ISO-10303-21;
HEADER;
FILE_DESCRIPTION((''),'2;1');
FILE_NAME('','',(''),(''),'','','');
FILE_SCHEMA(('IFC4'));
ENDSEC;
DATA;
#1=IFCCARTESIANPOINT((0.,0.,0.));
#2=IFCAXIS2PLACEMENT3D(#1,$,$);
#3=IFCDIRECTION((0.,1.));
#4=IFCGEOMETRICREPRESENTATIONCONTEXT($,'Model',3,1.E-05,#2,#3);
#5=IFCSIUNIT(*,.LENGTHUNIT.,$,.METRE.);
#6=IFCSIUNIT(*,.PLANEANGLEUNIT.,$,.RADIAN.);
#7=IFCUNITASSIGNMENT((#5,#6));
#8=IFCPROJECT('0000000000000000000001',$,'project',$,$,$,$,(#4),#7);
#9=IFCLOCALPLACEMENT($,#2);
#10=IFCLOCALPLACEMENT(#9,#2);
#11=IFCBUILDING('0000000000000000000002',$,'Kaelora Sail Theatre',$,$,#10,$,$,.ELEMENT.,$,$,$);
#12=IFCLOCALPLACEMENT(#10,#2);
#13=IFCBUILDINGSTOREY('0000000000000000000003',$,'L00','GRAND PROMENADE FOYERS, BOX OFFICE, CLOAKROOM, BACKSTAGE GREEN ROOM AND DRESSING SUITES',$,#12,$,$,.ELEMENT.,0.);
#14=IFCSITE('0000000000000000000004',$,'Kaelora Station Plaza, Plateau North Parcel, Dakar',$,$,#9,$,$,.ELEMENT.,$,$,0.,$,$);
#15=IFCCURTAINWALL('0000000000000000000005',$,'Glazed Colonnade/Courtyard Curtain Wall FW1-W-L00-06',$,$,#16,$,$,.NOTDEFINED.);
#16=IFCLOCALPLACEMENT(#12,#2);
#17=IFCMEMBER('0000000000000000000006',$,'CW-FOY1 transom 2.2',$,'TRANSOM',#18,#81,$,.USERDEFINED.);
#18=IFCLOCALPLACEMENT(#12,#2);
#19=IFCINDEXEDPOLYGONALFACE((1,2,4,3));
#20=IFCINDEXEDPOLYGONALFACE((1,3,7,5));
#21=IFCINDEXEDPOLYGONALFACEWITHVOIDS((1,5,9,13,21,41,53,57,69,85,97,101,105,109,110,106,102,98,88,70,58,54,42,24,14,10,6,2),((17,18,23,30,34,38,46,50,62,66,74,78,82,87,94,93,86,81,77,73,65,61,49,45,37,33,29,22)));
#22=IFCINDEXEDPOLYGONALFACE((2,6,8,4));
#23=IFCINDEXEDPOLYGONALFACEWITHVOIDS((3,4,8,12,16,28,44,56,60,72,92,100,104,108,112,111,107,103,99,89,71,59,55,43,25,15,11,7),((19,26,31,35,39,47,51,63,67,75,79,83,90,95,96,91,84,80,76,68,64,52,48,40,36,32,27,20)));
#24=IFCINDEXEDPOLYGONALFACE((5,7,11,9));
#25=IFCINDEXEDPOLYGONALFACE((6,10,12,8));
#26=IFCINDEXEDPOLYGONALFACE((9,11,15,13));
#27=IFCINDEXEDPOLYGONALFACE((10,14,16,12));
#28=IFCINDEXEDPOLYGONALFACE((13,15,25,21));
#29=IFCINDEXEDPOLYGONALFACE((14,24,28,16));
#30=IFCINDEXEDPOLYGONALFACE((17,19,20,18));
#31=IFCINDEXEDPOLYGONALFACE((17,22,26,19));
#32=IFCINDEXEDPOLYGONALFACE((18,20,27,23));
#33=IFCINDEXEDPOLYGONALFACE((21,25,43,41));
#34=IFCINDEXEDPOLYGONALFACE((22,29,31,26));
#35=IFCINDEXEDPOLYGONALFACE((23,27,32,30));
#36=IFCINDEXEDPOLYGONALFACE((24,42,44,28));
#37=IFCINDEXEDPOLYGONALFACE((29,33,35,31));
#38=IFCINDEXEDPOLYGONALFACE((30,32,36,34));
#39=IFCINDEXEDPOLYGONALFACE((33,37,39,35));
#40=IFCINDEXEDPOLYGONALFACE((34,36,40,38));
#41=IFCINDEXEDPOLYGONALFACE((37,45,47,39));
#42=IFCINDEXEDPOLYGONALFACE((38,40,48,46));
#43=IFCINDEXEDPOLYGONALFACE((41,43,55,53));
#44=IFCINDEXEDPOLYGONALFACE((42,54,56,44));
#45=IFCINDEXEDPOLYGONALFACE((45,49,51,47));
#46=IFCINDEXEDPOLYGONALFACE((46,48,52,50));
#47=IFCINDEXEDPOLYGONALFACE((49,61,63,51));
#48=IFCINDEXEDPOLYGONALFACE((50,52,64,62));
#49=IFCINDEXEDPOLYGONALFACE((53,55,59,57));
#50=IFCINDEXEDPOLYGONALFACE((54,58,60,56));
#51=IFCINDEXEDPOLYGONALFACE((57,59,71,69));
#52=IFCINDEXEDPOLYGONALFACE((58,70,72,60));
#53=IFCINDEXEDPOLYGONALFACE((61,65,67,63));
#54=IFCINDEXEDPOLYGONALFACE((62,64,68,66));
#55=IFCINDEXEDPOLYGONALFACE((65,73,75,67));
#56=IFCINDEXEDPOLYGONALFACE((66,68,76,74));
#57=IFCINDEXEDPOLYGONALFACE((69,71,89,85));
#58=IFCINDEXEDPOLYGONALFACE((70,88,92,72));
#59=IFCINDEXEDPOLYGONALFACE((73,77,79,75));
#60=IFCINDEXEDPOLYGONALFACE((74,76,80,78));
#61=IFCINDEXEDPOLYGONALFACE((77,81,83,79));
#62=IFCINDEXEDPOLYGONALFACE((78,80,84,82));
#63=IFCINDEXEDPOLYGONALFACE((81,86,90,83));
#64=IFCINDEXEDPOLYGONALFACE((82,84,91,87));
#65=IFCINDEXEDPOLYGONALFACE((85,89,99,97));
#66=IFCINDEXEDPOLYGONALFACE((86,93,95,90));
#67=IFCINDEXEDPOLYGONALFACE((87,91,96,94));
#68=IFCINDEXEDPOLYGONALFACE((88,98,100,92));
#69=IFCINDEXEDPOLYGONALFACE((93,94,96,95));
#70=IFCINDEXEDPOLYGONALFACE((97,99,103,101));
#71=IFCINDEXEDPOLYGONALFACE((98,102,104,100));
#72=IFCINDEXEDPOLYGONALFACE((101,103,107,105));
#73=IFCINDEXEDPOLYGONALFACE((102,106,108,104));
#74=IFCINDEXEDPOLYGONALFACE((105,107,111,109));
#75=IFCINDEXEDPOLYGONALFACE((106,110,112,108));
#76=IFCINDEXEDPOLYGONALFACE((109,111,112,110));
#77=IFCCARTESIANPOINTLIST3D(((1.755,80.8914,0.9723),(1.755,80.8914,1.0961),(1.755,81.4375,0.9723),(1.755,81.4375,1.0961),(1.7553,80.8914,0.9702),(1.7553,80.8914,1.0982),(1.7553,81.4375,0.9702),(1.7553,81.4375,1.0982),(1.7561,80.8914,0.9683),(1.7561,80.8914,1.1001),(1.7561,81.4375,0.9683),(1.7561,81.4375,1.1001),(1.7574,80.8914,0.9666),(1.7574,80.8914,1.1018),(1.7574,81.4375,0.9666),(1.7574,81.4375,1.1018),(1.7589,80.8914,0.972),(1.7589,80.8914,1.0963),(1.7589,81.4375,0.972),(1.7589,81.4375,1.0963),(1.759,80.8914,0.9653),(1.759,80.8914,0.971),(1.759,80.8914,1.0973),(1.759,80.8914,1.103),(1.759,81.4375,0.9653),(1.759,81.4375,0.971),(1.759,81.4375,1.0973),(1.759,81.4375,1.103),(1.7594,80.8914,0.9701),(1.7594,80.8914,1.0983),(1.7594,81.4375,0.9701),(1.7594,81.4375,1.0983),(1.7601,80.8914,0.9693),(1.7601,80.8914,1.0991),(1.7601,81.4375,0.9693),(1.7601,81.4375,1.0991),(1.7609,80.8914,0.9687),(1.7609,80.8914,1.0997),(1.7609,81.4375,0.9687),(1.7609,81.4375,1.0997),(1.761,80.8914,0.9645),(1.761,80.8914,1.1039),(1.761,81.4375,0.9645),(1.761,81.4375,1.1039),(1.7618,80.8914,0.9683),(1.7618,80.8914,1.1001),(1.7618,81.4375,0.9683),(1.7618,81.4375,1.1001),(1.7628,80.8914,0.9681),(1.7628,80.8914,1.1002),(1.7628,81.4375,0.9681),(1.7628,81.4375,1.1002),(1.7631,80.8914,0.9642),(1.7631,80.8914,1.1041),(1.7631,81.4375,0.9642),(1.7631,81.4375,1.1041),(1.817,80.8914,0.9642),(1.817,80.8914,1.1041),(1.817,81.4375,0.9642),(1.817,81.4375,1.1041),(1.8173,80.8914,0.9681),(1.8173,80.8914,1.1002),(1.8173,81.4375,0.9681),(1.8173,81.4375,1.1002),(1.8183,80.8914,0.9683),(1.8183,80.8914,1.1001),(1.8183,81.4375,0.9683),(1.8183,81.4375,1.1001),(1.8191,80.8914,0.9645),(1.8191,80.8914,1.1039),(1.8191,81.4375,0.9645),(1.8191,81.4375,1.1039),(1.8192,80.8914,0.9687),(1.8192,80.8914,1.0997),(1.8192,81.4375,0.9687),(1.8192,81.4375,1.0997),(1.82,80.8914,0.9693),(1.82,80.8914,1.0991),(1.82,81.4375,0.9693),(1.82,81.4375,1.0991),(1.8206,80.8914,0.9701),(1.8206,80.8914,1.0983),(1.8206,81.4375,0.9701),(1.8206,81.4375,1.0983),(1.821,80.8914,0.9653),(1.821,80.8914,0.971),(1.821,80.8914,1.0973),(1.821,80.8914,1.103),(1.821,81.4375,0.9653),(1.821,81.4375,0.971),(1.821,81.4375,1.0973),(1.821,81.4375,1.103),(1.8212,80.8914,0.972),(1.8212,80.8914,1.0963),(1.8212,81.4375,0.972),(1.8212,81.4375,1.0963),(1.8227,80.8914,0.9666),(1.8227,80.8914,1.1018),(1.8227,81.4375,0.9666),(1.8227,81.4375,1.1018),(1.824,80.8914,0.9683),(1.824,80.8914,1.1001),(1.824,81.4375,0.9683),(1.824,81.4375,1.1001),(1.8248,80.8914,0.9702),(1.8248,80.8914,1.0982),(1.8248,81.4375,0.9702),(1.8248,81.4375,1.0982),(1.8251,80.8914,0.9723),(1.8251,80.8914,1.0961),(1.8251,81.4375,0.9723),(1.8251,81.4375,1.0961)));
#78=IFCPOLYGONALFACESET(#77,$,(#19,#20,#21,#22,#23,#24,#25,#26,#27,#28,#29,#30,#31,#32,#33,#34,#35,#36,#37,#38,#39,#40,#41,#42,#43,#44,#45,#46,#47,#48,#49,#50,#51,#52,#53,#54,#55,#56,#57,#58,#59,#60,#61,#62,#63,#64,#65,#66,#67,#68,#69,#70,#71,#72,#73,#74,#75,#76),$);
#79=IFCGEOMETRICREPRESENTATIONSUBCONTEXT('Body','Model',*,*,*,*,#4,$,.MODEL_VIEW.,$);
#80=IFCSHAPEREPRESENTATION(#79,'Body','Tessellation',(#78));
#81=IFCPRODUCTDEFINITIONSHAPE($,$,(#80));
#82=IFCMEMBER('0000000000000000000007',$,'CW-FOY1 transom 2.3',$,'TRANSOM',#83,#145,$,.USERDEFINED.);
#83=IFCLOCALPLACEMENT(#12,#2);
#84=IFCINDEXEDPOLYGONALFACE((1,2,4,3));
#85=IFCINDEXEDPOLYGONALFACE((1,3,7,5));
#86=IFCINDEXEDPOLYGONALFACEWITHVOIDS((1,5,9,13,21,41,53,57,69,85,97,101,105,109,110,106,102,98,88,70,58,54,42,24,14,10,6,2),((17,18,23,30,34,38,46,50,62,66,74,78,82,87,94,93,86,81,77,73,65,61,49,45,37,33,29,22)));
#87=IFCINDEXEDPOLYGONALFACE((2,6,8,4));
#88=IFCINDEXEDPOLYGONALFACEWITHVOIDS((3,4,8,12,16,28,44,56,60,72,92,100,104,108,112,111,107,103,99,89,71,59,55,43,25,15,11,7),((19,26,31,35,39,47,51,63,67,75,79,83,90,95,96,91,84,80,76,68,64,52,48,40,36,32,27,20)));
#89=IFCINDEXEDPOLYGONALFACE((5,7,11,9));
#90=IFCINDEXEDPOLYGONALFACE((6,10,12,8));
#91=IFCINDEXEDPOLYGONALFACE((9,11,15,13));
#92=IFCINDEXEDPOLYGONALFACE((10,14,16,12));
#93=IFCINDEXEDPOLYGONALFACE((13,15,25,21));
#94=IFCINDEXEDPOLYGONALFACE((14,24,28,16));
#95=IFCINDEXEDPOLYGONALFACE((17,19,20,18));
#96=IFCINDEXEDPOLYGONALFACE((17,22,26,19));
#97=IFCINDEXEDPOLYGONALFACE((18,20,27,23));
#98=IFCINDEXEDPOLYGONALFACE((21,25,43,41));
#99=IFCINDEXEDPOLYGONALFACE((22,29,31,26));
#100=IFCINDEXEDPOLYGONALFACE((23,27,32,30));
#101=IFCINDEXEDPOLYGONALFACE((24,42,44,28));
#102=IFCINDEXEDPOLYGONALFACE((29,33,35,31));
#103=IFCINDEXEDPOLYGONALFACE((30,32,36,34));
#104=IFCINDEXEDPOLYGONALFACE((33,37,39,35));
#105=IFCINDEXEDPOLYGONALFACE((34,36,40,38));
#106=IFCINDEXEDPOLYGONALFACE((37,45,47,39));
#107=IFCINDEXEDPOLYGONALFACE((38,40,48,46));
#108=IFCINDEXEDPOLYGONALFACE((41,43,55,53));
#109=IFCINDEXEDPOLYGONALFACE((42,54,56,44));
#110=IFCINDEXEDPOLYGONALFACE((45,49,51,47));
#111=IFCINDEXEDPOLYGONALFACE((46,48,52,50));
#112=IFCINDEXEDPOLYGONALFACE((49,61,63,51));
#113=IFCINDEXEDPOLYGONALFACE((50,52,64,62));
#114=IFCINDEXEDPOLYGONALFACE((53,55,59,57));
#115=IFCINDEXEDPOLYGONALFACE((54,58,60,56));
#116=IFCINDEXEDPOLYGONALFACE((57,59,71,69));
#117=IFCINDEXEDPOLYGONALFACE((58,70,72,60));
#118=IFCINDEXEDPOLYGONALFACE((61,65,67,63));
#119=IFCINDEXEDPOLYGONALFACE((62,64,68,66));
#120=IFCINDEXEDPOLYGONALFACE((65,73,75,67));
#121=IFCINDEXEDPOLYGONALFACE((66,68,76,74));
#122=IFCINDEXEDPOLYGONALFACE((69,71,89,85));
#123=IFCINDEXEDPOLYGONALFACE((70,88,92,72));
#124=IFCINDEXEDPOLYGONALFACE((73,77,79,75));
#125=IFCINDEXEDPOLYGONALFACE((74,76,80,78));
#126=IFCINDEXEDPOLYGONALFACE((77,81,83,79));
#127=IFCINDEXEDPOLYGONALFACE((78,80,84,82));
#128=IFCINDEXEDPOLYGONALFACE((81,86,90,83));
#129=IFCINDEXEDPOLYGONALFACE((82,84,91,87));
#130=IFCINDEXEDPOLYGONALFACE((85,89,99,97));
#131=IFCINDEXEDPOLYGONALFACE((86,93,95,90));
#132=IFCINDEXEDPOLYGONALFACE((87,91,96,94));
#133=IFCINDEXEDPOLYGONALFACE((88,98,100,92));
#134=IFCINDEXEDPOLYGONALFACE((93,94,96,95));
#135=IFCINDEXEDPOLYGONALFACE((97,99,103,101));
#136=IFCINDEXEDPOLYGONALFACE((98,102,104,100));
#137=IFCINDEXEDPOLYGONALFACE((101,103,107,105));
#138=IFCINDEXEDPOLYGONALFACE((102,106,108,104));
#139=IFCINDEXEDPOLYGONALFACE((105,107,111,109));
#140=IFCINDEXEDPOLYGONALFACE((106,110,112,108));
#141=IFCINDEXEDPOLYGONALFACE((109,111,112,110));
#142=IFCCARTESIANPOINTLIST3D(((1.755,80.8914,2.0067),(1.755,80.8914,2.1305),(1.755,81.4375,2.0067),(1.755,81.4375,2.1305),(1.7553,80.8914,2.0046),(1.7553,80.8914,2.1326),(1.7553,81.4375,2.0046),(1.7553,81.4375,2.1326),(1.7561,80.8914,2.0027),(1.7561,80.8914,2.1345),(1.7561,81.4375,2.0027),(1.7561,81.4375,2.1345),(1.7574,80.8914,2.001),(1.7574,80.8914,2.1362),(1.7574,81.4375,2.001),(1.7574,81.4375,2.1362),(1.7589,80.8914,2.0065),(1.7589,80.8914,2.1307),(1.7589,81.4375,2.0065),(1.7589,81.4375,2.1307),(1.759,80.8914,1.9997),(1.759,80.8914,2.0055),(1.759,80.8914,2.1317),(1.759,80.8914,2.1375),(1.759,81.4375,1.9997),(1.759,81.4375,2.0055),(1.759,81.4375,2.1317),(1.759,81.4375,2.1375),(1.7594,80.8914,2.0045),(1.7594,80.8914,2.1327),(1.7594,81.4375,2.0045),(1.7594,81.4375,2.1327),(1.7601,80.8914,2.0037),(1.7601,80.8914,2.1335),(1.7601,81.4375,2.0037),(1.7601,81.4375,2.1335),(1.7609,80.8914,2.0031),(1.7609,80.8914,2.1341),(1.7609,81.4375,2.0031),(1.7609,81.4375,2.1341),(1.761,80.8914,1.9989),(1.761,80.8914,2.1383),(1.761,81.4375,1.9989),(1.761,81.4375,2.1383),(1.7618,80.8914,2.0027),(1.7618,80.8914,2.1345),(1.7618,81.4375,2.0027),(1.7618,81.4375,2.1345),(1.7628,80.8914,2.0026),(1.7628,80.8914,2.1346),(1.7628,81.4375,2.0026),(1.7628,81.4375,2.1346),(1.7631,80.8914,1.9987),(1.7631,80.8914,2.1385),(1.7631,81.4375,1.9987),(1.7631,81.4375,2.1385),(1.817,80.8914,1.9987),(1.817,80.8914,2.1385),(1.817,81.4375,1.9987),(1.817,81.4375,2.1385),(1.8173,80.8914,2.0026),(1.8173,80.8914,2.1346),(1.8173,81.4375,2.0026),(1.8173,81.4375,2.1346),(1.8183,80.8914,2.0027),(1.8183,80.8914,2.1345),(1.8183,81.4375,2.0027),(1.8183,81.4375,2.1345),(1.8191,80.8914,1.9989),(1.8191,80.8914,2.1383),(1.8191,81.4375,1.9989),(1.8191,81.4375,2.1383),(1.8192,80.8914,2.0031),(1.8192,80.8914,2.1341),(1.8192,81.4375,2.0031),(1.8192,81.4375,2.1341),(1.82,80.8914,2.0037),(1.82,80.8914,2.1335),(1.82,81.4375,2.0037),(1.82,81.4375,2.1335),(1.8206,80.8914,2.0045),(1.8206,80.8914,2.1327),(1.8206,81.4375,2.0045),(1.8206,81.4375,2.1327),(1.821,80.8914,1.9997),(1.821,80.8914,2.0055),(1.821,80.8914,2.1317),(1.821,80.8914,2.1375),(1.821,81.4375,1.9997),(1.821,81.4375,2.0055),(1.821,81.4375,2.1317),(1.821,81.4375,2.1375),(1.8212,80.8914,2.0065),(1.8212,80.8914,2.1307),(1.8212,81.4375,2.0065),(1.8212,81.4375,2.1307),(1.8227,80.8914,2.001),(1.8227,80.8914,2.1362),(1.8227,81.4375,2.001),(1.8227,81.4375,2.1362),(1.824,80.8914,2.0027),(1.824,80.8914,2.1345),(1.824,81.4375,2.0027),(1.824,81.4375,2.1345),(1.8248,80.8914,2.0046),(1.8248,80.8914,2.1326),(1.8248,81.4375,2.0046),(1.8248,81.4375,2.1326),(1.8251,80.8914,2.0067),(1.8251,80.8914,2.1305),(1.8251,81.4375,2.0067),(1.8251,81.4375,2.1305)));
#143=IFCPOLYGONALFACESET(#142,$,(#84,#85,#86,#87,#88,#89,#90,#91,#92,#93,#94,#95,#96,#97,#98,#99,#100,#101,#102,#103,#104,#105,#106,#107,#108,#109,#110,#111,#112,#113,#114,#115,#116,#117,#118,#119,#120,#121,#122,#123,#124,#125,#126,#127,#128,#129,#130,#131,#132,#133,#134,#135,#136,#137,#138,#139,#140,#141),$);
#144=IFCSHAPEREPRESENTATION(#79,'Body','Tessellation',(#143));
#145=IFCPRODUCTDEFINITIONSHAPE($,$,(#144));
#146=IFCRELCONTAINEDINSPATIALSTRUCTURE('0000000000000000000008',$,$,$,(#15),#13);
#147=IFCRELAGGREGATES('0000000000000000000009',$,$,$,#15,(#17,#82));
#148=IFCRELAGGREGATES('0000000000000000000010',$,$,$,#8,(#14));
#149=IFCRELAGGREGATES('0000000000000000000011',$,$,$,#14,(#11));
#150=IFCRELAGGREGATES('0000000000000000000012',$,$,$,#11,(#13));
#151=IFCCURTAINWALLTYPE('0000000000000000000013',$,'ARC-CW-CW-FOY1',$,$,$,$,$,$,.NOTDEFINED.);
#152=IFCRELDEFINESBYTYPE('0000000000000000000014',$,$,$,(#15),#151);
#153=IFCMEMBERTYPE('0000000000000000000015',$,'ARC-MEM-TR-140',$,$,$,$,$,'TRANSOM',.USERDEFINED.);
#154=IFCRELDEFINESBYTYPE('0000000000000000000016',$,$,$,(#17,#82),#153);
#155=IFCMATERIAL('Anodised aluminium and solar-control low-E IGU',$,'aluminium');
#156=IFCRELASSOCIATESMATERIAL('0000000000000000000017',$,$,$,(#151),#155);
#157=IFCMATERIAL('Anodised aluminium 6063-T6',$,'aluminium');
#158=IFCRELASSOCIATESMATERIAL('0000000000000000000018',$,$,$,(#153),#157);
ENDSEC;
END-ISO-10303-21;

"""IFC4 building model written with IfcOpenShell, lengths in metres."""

from ifc_helpers import new_model, si_unit, direction, frame, origin, origin_2d, place, context, subcontext, project, spatial, hollow_rectangle, extrude, material, material_profile, profile_set, type_object, element, aggregate, save


model = new_model("IFC4")

# Units and contexts
model_context = context("Model", 3, precision=1e-05, world=origin(), true_north=direction((0.0, 1.0)))
body_context = subcontext(model_context, "Body", "Model", "MODEL_VIEW")
ifc_project = project(units=[si_unit("LENGTHUNIT", "METRE"), si_unit("PLANEANGLEUNIT", "RADIAN")], contexts=[model_context])

# Site, building, storey
site_placement = place(None, origin())
site = spatial("IfcSite", under=ifc_project, at=site_placement, Name="Kaelora Station Plaza, Plateau North Parcel, Dakar", CompositionType="ELEMENT", RefElevation=0.0)
building_placement = place(site_placement, origin())
building = spatial("IfcBuilding", under=site, at=building_placement, Name="Kaelora Sail Theatre", CompositionType="ELEMENT")
storey_placement = place(building_placement, origin())
storey = spatial("IfcBuildingStorey", under=building, at=storey_placement, Name="L00", Description="GRAND PROMENADE FOYERS, BOX OFFICE, CLOAKROOM, BACKSTAGE GREEN ROOM AND DRESSING SUITES", CompositionType="ELEMENT", Elevation=0.0)

# Curtain wall, members
ifc_material_1 = material(Name="Anodised aluminium and solar-control low-E IGU", Category="aluminium")
curtain_wall_type = type_object("IfcCurtainWallType", Name="ARC-CW-CW-FOY1", PredefinedType="NOTDEFINED", material=ifc_material_1)
curtain_wall_placement = place(storey_placement, origin())
curtain_wall = element("IfcCurtainWall", 1, at=curtain_wall_placement, inside=storey, type_object=curtain_wall_type, Name="Glazed Colonnade/Courtyard Curtain Wall FW1-W-L00-06", PredefinedType="NOTDEFINED")
ifc_material_2 = material(Name="Anodised aluminium 6063-T6", Category="aluminium")
ifc_material_profile_1 = material_profile(ifc_material_2, hollow_rectangle(XDim=0.0701, YDim=0.1399, WallThickness=0.0039, InnerFilletRadius=0.0039, OuterFilletRadius=0.0081, at=origin_2d()), Name="ALU-TRAN 70x140x4")
ifc_profile_set_1 = profile_set([ifc_material_profile_1], Name="Anodised aluminium 6063-T6")
member_type_1 = type_object("IfcMemberType", Name="ARC-MEM-TR-140", ElementType="TRANSOM", PredefinedType="USERDEFINED", material=ifc_profile_set_1)
member_1_placement = place(storey_placement, frame((1.79, 80.8914, 1.0342), z_axis=(0.0, 1.0, 0.0), x_axis=(-1.0, 0.0, 0.0)))
member_1 = element("IfcMember", 2, at=member_1_placement, type_object=member_type_1, Name="CW-FOY1 transom 2.2", ObjectType="TRANSOM", PredefinedType="USERDEFINED", context=body_context, shape_type="SweptSolid", body=[
    extrude(hollow_rectangle(XDim=0.0701, YDim=0.1399, WallThickness=0.0039, InnerFilletRadius=0.0039, OuterFilletRadius=0.0081, at=origin_2d()), origin(), (0.0, 0.0, 1.0), 0.5461),
])
member_2_placement = place(storey_placement, frame((1.79, 80.8914, 2.0686), z_axis=(0.0, 1.0, 0.0), x_axis=(-1.0, 0.0, 0.0)))
member_2 = element("IfcMember", 3, at=member_2_placement, type_object=member_type_1, Name="CW-FOY1 transom 2.3", ObjectType="TRANSOM", PredefinedType="USERDEFINED", context=body_context, shape_type="SweptSolid", body=[
    extrude(hollow_rectangle(XDim=0.0701, YDim=0.1399, WallThickness=0.0039, InnerFilletRadius=0.0039, OuterFilletRadius=0.0081, at=origin_2d()), origin(), (0.0, 0.0, 1.0), 0.5461),
])
aggregate(curtain_wall, [member_1, member_2])

save(model, "model.ifc")
